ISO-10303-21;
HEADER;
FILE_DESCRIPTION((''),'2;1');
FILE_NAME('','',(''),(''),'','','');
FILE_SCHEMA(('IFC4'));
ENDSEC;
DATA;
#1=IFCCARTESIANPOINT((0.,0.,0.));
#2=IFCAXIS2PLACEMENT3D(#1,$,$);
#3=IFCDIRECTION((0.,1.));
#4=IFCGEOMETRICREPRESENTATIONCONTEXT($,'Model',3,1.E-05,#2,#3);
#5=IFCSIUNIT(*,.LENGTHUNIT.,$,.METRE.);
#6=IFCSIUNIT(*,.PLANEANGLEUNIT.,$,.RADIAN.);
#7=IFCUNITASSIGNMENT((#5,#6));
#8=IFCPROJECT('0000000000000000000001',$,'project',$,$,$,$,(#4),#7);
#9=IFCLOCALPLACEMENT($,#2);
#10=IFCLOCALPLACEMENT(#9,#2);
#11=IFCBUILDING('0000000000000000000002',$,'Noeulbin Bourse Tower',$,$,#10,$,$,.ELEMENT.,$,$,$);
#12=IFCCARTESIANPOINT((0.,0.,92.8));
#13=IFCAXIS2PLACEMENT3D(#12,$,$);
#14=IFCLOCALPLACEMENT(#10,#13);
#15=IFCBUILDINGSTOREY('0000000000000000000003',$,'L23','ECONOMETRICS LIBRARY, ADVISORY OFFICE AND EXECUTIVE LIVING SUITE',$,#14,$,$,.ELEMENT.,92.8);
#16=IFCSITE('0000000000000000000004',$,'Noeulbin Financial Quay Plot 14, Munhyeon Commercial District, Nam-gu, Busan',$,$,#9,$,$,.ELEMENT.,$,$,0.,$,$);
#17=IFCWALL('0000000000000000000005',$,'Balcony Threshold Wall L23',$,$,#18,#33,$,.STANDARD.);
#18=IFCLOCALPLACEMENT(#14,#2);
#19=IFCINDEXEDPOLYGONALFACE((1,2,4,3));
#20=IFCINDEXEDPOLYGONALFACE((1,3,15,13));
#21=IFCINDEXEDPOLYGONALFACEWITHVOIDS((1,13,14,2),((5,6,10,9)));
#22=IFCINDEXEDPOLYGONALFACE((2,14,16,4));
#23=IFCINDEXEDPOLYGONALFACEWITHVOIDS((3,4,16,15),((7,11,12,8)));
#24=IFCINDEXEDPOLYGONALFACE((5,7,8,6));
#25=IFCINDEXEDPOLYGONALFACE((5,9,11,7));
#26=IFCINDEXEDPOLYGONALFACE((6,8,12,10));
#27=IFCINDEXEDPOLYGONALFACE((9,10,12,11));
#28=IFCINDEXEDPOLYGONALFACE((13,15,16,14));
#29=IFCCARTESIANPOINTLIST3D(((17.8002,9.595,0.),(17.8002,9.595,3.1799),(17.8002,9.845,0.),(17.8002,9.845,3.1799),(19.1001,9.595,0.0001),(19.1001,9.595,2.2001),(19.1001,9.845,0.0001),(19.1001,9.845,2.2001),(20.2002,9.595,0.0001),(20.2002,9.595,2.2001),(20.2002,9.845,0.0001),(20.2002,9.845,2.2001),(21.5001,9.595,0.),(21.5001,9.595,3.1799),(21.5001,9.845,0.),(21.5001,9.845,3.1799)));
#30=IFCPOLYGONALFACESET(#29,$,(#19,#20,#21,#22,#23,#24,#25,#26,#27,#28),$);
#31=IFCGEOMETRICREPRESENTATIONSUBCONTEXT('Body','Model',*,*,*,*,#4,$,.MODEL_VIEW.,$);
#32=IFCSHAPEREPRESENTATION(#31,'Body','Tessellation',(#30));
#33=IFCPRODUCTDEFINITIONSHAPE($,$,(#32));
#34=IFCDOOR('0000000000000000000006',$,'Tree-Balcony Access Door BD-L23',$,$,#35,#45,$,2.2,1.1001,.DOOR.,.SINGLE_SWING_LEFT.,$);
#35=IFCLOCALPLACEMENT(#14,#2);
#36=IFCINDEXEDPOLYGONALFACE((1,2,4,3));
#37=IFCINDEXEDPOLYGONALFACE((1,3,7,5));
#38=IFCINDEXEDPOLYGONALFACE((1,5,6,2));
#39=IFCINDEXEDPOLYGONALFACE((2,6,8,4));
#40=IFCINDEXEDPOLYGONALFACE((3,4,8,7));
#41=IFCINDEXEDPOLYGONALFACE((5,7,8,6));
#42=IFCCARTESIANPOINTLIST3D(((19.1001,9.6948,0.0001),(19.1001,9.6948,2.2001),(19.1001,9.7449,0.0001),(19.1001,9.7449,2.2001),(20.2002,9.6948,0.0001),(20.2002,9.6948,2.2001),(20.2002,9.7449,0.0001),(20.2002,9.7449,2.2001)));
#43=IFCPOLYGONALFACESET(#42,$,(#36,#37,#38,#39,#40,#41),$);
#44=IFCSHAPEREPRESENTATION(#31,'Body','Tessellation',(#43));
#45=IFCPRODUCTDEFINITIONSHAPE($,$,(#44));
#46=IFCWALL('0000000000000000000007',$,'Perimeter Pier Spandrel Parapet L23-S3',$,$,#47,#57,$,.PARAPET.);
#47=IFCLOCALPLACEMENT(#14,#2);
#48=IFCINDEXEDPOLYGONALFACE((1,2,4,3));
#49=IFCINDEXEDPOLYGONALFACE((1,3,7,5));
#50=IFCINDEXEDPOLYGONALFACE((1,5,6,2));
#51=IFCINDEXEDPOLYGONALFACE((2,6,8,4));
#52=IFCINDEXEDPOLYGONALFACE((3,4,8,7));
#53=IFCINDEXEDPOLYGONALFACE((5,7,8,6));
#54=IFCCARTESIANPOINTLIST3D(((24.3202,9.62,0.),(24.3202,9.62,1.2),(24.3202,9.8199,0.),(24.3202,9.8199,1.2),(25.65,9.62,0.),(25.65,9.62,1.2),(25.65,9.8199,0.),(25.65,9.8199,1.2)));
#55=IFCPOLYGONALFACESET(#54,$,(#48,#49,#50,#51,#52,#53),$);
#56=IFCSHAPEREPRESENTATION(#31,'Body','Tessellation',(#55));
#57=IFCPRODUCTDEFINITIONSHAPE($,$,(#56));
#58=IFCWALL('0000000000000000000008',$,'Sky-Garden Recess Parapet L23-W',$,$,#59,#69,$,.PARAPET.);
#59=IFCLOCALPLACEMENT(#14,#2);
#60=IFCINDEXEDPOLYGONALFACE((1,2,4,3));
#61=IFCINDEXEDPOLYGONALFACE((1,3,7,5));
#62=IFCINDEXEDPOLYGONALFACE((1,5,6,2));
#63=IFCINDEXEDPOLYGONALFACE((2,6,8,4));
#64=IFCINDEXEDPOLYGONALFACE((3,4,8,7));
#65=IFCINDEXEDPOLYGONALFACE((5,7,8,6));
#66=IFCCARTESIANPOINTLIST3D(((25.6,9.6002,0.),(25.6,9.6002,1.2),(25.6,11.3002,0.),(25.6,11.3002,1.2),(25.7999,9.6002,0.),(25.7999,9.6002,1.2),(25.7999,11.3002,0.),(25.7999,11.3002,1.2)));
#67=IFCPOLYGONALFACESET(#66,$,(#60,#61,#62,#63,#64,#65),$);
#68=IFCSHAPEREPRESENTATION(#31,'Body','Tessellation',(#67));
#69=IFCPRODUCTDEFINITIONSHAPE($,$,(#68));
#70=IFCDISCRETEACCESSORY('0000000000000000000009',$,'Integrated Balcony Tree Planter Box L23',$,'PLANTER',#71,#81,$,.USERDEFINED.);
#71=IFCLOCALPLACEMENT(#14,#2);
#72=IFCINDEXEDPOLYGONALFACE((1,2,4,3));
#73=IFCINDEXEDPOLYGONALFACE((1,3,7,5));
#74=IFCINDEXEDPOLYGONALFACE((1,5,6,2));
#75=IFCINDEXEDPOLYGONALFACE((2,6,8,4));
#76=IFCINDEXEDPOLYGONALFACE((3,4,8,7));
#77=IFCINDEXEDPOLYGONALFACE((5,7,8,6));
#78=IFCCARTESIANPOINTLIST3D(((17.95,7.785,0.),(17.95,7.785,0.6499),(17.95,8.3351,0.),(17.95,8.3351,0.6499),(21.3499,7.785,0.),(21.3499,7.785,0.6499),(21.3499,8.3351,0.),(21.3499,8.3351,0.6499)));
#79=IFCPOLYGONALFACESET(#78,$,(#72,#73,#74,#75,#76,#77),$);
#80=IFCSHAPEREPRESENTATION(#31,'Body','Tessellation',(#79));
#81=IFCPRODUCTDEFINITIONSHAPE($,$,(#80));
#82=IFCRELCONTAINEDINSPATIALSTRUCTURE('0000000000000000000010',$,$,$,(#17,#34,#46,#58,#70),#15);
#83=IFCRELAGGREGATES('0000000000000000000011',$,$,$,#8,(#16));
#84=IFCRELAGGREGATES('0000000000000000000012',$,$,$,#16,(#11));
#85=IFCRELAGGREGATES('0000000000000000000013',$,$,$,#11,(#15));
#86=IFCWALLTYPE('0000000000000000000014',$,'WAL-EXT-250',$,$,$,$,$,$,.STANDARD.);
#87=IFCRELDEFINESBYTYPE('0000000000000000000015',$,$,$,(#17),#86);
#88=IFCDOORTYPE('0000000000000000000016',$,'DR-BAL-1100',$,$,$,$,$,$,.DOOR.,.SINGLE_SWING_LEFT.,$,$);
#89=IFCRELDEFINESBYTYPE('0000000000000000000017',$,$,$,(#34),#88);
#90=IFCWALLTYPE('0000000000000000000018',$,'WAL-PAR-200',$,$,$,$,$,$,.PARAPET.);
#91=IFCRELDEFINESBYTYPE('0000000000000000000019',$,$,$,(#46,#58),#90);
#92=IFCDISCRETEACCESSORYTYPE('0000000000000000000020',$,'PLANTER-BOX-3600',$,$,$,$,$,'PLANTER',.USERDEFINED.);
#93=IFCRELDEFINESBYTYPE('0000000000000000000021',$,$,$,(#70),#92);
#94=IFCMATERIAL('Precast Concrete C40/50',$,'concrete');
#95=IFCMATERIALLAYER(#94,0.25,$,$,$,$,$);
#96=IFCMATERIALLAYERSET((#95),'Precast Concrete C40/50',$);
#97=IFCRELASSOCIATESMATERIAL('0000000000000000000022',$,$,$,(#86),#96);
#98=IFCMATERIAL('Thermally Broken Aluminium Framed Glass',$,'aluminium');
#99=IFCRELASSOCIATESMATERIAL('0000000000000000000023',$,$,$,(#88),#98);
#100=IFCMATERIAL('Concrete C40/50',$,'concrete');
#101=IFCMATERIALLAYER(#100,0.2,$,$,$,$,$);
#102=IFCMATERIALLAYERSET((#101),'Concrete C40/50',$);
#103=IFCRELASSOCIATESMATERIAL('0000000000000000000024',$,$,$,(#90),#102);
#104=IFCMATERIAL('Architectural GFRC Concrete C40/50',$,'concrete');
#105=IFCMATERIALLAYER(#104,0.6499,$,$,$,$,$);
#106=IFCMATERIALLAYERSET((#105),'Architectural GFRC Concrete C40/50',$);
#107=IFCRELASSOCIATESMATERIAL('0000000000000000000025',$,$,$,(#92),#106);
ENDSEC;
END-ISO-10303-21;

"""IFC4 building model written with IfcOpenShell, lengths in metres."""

from ifc_helpers import new_model, si_unit, direction, frame, frame_2d, origin, origin_2d, place, context, subcontext, project, spatial, rectangle, extrude, material, layer, layer_set, type_object, element, fill, save


model = new_model("IFC4")

# Units and contexts
model_context = context("Model", 3, precision=1e-05, world=origin(), true_north=direction((0.0, 1.0)))
body_context = subcontext(model_context, "Body", "Model", "MODEL_VIEW")
ifc_project = project(units=[si_unit("LENGTHUNIT", "METRE"), si_unit("PLANEANGLEUNIT", "RADIAN")], contexts=[model_context])

# Site, building, storey
site_placement = place(None, origin())
site = spatial("IfcSite", under=ifc_project, at=site_placement, Name="Noeulbin Financial Quay Plot 14, Munhyeon Commercial District, Nam-gu, Busan", CompositionType="ELEMENT", RefElevation=0.0)
building_placement = place(site_placement, origin())
building = spatial("IfcBuilding", under=site, at=building_placement, Name="Noeulbin Bourse Tower", CompositionType="ELEMENT")
storey_placement = place(building_placement, frame((0.0, 0.0, 92.8)))
storey = spatial("IfcBuildingStorey", under=building, at=storey_placement, Name="L23", Description="ECONOMETRICS LIBRARY, ADVISORY OFFICE AND EXECUTIVE LIVING SUITE", CompositionType="ELEMENT", Elevation=92.8)

# Wall, opening, door
ifc_material_1 = material(Name="Precast Concrete C40/50", Category="concrete")
ifc_layer_1 = layer(ifc_material_1, 0.25)
ifc_layer_set_1 = layer_set([ifc_layer_1], Name="Precast Concrete C40/50")
wall_type_1 = type_object("IfcWallType", Name="WAL-EXT-250", PredefinedType="STANDARD", material=ifc_layer_set_1)
wall_1_placement = place(storey_placement, frame((17.8, 9.72, 0.0), z_axis=(0.0, 0.0, 1.0), x_axis=(1.0, 0.0, 0.0)))
wall_1 = element("IfcWall", 1, at=wall_1_placement, inside=storey, type_object=wall_type_1, Name="Balcony Threshold Wall L23", PredefinedType="STANDARD", context=body_context, shape_type="SweptSolid", body=[
    extrude(rectangle(XDim=3.7, YDim=0.25, at=frame_2d((1.8501, 0.0))), origin(), (0.0, 0.0, 1.0), 3.1799),
])
opening_placement = place(wall_1_placement, frame((1.3, 0.0, 0.0)))
opening = element("IfcOpeningElement", 2, at=opening_placement, cuts=wall_1, PredefinedType="OPENING", context=body_context, shape_type="SweptSolid", body=[
    extrude(rectangle(XDim=1.1001, YDim=2.2, at=frame_2d((0.55, 1.1001))), frame((0.0, 0.135, 0.0), z_axis=(0.0, -1.0, 0.0), x_axis=(1.0, 0.0, 0.0)), (0.0, 0.0, 1.0), 0.27),
])
ifc_material_2 = material(Name="Thermally Broken Aluminium Framed Glass", Category="aluminium")
door_type = type_object("IfcDoorType", Name="DR-BAL-1100", OperationType="SINGLE_SWING_LEFT", PredefinedType="DOOR", material=ifc_material_2)
door_placement = place(opening_placement, origin())
door = element("IfcDoor", 3, at=door_placement, inside=storey, type_object=door_type, Name="Tree-Balcony Access Door BD-L23", OperationType="SINGLE_SWING_LEFT", OverallHeight=2.2, OverallWidth=1.1001, PredefinedType="DOOR", context=body_context, shape_type="SweptSolid", body=[
    extrude(rectangle(XDim=1.1001, YDim=2.2, at=frame_2d((0.55, 1.1001))), frame((0.0, 0.0249, 0.0), z_axis=(0.0, -1.0, 0.0), x_axis=(1.0, 0.0, 0.0)), (0.0, 0.0, 1.0), 0.05),
])
fill(opening, door)

# Walls
ifc_material_3 = material(Name="Concrete C40/50", Category="concrete")
ifc_layer_2 = layer(ifc_material_3, 0.2)
ifc_layer_set_2 = layer_set([ifc_layer_2], Name="Concrete C40/50")
wall_type_2 = type_object("IfcWallType", Name="WAL-PAR-200", PredefinedType="PARAPET", material=ifc_layer_set_2)
wall_2_placement = place(storey_placement, frame((24.3201, 9.72, 0.0), z_axis=(0.0, 0.0, 1.0), x_axis=(1.0, 0.0, 0.0)))
element("IfcWall", 4, at=wall_2_placement, inside=storey, type_object=wall_type_2, Name="Perimeter Pier Spandrel Parapet L23-S3", PredefinedType="PARAPET", context=body_context, shape_type="SweptSolid", body=[
    extrude(rectangle(XDim=1.3298, YDim=0.2, at=frame_2d((0.665, 0.0))), origin(), (0.0, 0.0, 1.0), 1.2),
])
wall_3_placement = place(storey_placement, frame((25.7, 9.6001, 0.0), z_axis=(0.0, 0.0, 1.0), x_axis=(0.0, 1.0, 0.0)))
element("IfcWall", 5, at=wall_3_placement, inside=storey, type_object=wall_type_2, Name="Sky-Garden Recess Parapet L23-W", PredefinedType="PARAPET", context=body_context, shape_type="SweptSolid", body=[
    extrude(rectangle(XDim=1.7, YDim=0.2, at=frame_2d((0.8501, 0.0))), origin(), (0.0, 0.0, 1.0), 1.2),
])

# Discrete accessory
ifc_material_4 = material(Name="Architectural GFRC Concrete C40/50", Category="concrete")
ifc_layer_3 = layer(ifc_material_4, 0.6499)
ifc_layer_set_3 = layer_set([ifc_layer_3], Name="Architectural GFRC Concrete C40/50")
discrete_accessory_type = type_object("IfcDiscreteAccessoryType", Name="PLANTER-BOX-3600", ElementType="PLANTER", PredefinedType="USERDEFINED", material=ifc_layer_set_3)
discrete_accessory_placement = place(storey_placement, frame((19.6499, 8.0601, 0.0), z_axis=(0.0, 0.0, 1.0), x_axis=(1.0, 0.0, 0.0)))
element("IfcDiscreteAccessory", 6, at=discrete_accessory_placement, inside=storey, type_object=discrete_accessory_type, Name="Integrated Balcony Tree Planter Box L23", ObjectType="PLANTER", PredefinedType="USERDEFINED", context=body_context, shape_type="SweptSolid", body=[
    extrude(rectangle(XDim=3.3999, YDim=0.55, at=origin_2d()), origin(), (0.0, 0.0, 1.0), 0.6499),
])

save(model, "model.ifc")
